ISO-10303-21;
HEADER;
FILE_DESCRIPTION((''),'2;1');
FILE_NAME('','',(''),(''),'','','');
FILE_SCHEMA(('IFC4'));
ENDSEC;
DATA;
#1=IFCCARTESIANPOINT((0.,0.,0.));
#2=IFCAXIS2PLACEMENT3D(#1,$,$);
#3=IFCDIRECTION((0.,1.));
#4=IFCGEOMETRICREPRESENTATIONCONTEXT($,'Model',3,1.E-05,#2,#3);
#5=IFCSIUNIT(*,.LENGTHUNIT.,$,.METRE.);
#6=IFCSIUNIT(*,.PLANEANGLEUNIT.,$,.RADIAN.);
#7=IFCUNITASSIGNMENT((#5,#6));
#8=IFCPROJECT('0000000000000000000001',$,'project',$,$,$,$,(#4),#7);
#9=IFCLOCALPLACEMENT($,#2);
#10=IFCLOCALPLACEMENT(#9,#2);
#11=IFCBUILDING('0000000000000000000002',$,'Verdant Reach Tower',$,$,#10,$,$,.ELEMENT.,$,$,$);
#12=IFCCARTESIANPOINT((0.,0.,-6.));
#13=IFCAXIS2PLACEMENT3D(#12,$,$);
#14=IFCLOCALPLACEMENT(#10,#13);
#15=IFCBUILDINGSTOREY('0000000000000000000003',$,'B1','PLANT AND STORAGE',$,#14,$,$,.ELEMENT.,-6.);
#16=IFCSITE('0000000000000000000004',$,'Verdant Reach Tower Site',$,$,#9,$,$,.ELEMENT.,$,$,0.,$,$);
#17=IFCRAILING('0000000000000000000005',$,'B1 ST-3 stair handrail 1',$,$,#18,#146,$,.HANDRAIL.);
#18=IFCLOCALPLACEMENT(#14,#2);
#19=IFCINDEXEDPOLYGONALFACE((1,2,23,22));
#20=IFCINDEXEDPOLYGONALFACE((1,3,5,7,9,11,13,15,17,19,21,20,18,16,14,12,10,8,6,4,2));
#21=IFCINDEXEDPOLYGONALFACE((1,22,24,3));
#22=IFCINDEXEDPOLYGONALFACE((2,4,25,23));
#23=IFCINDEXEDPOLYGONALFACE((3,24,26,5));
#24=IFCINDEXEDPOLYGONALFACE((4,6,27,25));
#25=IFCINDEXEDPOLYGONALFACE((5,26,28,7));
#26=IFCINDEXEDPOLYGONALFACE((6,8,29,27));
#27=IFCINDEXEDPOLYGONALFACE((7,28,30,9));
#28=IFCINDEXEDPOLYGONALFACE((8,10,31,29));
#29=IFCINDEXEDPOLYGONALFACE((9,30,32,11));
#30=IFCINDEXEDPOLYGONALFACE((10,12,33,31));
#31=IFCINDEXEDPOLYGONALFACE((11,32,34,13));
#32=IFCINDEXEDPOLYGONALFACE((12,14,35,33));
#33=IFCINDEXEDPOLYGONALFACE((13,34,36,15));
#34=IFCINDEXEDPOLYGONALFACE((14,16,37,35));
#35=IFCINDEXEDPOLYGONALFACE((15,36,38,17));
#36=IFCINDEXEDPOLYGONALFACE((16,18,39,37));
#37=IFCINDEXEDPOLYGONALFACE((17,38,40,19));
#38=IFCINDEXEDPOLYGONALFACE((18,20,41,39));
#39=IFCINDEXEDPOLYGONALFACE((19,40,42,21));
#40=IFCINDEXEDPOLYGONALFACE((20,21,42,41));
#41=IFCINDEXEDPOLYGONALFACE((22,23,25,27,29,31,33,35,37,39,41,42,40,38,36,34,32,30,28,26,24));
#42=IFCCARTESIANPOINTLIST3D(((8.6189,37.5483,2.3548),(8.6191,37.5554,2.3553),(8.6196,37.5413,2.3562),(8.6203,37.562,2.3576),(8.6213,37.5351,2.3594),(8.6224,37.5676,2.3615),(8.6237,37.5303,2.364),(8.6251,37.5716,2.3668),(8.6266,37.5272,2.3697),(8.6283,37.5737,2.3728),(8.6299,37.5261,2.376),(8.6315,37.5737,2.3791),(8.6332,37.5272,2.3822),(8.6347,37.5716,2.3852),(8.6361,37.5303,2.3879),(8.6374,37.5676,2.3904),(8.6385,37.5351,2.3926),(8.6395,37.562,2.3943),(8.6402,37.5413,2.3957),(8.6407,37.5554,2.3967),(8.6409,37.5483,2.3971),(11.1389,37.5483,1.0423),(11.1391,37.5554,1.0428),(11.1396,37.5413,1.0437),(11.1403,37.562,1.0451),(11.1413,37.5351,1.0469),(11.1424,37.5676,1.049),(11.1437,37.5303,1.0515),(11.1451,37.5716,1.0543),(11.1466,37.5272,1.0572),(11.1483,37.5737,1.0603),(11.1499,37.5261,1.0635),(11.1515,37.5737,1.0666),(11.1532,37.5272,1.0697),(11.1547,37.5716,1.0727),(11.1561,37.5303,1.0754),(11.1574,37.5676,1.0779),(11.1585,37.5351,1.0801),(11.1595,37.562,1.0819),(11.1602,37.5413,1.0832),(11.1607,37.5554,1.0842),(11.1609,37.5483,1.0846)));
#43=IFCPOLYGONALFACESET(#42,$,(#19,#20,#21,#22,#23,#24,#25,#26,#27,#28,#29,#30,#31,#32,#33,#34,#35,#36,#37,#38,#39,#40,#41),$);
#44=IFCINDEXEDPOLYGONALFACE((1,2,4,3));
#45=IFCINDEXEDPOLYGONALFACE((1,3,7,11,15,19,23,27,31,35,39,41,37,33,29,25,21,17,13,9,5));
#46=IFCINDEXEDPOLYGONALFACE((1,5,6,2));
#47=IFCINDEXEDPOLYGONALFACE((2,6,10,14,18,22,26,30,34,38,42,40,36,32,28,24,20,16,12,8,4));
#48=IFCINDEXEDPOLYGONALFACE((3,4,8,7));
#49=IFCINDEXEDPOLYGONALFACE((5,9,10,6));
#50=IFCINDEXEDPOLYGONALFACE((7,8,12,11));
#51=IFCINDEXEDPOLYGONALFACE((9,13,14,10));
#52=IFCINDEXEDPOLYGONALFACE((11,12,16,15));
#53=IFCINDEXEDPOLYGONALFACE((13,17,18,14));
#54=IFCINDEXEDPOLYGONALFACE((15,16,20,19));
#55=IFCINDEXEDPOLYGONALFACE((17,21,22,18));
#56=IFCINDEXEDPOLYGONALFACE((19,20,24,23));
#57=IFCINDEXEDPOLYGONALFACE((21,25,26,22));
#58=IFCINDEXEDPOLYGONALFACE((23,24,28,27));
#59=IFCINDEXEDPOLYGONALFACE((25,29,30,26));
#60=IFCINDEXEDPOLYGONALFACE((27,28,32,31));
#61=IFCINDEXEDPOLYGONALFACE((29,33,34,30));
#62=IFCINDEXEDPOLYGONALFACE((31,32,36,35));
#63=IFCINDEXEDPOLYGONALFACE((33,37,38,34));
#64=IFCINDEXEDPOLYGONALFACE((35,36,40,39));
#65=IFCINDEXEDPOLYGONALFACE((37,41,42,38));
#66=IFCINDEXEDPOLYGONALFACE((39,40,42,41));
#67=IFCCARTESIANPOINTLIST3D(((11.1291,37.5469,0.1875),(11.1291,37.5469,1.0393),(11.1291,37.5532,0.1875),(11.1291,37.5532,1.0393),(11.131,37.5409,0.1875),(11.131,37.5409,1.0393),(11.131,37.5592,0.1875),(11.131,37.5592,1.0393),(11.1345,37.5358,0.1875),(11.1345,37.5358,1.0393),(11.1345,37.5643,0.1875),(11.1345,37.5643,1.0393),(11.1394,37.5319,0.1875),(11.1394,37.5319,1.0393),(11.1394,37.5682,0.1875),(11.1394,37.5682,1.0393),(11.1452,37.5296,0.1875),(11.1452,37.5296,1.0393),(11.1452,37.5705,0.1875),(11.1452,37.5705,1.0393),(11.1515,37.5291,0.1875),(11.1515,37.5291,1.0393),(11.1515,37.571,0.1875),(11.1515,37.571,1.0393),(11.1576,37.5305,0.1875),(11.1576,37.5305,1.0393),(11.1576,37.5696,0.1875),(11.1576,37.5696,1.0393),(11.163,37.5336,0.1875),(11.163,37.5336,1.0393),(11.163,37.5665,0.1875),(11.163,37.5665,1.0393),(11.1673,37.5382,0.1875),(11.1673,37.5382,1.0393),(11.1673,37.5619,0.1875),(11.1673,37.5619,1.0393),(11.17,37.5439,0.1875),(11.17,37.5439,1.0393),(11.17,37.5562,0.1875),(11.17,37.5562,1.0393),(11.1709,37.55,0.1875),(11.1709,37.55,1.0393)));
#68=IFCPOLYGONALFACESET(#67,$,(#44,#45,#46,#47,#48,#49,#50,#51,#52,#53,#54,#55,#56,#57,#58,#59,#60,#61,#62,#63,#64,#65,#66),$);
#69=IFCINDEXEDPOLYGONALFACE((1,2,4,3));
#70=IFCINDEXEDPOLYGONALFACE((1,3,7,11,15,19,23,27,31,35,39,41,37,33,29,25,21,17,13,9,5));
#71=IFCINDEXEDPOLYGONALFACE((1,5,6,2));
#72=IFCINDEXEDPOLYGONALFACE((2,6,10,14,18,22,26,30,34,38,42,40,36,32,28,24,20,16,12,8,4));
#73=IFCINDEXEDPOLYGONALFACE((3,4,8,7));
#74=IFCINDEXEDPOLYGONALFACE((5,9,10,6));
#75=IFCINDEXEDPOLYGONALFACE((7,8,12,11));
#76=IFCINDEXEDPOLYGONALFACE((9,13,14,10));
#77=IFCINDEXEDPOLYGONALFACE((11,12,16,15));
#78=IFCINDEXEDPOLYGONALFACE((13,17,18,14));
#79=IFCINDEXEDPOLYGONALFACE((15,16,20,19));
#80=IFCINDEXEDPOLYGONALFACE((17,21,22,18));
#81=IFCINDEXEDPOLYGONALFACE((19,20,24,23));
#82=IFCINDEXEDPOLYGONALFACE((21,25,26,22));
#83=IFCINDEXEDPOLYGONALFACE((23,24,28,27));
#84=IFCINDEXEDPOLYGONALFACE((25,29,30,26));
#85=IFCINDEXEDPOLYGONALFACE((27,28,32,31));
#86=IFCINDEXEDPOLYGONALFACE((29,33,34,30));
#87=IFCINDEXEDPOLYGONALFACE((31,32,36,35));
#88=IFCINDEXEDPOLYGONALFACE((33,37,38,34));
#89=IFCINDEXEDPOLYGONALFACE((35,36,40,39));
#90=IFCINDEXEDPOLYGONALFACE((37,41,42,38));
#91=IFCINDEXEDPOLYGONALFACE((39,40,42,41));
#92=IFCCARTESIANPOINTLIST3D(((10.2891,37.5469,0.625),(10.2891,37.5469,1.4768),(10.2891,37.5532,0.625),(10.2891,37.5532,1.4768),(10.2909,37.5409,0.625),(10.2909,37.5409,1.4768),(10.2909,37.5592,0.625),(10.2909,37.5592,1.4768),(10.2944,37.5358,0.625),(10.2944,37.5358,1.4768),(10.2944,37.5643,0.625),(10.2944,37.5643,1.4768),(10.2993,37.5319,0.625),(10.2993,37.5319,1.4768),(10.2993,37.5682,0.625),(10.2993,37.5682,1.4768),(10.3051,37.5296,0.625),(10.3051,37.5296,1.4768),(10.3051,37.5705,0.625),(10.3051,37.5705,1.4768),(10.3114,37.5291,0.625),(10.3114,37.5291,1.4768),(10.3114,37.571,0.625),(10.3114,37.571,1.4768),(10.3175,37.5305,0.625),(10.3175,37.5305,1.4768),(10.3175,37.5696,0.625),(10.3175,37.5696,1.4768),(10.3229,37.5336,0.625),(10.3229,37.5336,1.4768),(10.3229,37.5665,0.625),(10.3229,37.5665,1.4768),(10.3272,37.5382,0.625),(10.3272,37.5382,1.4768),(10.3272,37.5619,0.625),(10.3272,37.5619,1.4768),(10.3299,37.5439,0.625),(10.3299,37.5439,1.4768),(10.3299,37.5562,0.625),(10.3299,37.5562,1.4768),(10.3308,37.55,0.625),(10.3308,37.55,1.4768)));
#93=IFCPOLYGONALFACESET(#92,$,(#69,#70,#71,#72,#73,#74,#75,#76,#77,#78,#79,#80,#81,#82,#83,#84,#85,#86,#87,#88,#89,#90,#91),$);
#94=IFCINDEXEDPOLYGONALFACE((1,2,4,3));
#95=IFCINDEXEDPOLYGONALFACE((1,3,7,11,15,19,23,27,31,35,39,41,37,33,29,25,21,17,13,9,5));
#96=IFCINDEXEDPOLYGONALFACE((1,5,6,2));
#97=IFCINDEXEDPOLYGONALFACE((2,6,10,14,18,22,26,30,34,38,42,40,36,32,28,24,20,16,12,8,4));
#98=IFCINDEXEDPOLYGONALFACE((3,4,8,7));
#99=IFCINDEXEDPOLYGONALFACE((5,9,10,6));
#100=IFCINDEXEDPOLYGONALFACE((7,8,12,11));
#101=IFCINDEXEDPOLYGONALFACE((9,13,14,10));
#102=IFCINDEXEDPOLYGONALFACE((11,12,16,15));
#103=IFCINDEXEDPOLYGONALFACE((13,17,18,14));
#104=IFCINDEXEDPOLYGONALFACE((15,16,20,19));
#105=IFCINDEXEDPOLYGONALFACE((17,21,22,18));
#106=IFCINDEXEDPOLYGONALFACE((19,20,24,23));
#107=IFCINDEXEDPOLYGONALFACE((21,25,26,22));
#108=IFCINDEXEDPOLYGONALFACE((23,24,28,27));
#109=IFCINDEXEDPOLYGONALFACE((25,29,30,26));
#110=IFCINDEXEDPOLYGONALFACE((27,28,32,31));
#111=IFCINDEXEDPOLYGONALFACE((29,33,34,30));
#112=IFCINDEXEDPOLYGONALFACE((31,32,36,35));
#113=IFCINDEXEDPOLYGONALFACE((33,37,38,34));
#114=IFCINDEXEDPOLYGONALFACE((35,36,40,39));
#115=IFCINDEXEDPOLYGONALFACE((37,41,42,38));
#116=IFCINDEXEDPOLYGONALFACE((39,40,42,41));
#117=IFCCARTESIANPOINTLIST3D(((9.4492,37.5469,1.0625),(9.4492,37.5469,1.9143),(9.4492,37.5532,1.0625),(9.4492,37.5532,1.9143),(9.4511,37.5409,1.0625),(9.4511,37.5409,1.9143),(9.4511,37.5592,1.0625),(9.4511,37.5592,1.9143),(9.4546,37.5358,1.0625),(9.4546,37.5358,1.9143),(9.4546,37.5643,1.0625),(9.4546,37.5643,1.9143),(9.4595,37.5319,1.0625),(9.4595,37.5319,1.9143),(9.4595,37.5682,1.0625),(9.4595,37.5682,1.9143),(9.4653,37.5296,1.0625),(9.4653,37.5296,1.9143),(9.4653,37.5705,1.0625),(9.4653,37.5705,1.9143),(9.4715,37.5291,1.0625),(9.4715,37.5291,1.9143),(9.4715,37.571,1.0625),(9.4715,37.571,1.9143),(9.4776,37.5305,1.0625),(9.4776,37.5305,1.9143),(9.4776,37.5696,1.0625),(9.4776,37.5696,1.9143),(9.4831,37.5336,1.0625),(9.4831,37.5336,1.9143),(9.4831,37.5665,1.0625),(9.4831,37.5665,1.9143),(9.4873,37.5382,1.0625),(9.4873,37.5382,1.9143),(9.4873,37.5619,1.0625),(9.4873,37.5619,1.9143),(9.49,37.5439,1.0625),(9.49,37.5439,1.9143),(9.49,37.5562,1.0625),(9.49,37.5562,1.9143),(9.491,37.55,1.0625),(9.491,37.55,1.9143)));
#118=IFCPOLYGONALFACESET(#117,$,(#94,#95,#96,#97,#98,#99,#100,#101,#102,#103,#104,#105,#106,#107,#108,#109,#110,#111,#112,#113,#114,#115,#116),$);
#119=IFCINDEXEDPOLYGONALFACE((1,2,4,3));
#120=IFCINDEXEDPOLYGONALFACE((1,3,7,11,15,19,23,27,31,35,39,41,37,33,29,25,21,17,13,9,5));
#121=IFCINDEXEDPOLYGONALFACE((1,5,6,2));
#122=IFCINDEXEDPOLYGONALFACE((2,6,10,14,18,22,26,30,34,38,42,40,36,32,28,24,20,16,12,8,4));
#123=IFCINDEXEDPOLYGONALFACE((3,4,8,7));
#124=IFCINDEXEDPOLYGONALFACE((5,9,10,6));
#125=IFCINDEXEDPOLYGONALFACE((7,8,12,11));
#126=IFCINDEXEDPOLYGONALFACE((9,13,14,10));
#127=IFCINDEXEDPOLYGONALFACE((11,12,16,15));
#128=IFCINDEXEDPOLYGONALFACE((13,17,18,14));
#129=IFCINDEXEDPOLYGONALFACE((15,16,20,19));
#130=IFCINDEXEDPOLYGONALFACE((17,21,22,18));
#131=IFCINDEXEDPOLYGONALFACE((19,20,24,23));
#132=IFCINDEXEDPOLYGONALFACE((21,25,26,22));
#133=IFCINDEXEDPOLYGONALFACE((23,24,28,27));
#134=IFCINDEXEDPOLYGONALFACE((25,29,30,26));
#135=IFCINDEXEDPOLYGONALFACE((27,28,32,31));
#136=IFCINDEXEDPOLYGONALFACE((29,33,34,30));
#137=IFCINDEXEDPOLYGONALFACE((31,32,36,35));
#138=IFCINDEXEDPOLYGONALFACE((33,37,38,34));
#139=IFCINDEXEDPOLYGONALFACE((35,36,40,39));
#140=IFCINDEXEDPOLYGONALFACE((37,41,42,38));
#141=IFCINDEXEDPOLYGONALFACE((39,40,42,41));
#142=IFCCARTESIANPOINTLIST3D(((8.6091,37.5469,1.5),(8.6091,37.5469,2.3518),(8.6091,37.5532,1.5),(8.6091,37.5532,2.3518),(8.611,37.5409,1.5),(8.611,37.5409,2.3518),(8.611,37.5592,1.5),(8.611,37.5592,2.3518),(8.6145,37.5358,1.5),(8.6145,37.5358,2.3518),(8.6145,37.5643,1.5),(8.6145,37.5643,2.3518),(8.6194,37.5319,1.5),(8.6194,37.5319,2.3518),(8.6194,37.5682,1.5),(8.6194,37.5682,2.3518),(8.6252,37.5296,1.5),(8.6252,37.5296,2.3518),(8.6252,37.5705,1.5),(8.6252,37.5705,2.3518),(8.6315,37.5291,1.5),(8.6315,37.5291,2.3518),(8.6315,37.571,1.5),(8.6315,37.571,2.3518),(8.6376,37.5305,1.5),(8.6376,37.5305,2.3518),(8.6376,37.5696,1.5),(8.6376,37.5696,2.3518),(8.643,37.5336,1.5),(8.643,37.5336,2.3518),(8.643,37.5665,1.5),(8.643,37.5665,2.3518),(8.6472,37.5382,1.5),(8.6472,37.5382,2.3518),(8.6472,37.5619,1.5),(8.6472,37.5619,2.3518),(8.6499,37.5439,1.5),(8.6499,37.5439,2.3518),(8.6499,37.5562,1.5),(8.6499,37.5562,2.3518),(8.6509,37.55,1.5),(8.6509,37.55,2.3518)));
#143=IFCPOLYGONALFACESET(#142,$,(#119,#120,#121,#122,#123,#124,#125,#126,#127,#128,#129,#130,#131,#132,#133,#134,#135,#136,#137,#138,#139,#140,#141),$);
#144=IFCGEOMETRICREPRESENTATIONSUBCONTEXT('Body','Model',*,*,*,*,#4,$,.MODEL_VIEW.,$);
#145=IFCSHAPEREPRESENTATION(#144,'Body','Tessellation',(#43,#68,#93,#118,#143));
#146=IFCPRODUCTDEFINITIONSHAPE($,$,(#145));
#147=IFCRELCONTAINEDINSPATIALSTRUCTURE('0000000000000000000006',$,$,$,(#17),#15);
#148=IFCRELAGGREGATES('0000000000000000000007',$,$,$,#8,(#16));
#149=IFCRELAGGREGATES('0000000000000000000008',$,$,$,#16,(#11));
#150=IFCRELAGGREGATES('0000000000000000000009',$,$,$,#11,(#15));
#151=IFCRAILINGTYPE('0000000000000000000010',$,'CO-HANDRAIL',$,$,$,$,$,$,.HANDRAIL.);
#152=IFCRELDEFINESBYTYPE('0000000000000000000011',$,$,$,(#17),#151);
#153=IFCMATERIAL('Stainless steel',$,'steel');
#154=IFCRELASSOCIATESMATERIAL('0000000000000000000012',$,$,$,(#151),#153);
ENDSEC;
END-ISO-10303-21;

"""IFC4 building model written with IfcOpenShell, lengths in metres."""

from ifc_helpers import new_model, si_unit, direction, frame, origin, origin_2d, place, context, subcontext, project, spatial, circle, extrude, material, type_object, element, save


model = new_model("IFC4")

# Units and contexts
model_context = context("Model", 3, precision=1e-05, world=origin(), true_north=direction((0.0, 1.0)))
body_context = subcontext(model_context, "Body", "Model", "MODEL_VIEW")
ifc_project = project(units=[si_unit("LENGTHUNIT", "METRE"), si_unit("PLANEANGLEUNIT", "RADIAN")], contexts=[model_context])

# Site, building, storey
site_placement = place(None, origin())
site = spatial("IfcSite", under=ifc_project, at=site_placement, Name="Verdant Reach Tower Site", CompositionType="ELEMENT", RefElevation=0.0)
building_placement = place(site_placement, origin())
building = spatial("IfcBuilding", under=site, at=building_placement, Name="Verdant Reach Tower", CompositionType="ELEMENT")
storey_placement = place(building_placement, frame((0.0, 0.0, -6.0)))
storey = spatial("IfcBuildingStorey", under=building, at=storey_placement, Name="B1", Description="PLANT AND STORAGE", CompositionType="ELEMENT", Elevation=-6.0)

# Railing
ifc_material_1 = material(Name="Stainless steel", Category="steel")
railing_type_1 = type_object("IfcRailingType", Name="CO-HANDRAIL", PredefinedType="HANDRAIL", material=ifc_material_1)
for number, where, name in (
    (1, (11.1499, 37.55, 0.1875), "B1 ST-3 stair handrail 1"),
):
    element("IfcRailing", number, at=place(storey_placement, frame(where)), inside=storey, type_object=railing_type_1, Name=name, PredefinedType="HANDRAIL", context=body_context, shape_type="SweptSolid", body=[
        extrude(circle(Radius=0.0239, at=origin_2d()), frame((0.0, 0.0, 0.876), z_axis=(-0.886916, 0.0, 0.461932), x_axis=(0.0, -1.0, 0.0)), (0.0, 0.0, 1.0), 2.8413),
        extrude(circle(Radius=0.021, at=origin_2d()), origin(), (0.0, 0.0, 1.0), 0.8518),
        extrude(circle(Radius=0.021, at=origin_2d()), frame((-0.8401, 0.0, 0.4375)), (0.0, 0.0, 1.0), 0.8518),
        extrude(circle(Radius=0.021, at=origin_2d()), frame((-1.6799, 0.0, 0.875)), (0.0, 0.0, 1.0), 0.8518),
        extrude(circle(Radius=0.021, at=origin_2d()), frame((-2.52, 0.0, 1.3125)), (0.0, 0.0, 1.0), 0.8518),
    ])

save(model, "model.ifc")
